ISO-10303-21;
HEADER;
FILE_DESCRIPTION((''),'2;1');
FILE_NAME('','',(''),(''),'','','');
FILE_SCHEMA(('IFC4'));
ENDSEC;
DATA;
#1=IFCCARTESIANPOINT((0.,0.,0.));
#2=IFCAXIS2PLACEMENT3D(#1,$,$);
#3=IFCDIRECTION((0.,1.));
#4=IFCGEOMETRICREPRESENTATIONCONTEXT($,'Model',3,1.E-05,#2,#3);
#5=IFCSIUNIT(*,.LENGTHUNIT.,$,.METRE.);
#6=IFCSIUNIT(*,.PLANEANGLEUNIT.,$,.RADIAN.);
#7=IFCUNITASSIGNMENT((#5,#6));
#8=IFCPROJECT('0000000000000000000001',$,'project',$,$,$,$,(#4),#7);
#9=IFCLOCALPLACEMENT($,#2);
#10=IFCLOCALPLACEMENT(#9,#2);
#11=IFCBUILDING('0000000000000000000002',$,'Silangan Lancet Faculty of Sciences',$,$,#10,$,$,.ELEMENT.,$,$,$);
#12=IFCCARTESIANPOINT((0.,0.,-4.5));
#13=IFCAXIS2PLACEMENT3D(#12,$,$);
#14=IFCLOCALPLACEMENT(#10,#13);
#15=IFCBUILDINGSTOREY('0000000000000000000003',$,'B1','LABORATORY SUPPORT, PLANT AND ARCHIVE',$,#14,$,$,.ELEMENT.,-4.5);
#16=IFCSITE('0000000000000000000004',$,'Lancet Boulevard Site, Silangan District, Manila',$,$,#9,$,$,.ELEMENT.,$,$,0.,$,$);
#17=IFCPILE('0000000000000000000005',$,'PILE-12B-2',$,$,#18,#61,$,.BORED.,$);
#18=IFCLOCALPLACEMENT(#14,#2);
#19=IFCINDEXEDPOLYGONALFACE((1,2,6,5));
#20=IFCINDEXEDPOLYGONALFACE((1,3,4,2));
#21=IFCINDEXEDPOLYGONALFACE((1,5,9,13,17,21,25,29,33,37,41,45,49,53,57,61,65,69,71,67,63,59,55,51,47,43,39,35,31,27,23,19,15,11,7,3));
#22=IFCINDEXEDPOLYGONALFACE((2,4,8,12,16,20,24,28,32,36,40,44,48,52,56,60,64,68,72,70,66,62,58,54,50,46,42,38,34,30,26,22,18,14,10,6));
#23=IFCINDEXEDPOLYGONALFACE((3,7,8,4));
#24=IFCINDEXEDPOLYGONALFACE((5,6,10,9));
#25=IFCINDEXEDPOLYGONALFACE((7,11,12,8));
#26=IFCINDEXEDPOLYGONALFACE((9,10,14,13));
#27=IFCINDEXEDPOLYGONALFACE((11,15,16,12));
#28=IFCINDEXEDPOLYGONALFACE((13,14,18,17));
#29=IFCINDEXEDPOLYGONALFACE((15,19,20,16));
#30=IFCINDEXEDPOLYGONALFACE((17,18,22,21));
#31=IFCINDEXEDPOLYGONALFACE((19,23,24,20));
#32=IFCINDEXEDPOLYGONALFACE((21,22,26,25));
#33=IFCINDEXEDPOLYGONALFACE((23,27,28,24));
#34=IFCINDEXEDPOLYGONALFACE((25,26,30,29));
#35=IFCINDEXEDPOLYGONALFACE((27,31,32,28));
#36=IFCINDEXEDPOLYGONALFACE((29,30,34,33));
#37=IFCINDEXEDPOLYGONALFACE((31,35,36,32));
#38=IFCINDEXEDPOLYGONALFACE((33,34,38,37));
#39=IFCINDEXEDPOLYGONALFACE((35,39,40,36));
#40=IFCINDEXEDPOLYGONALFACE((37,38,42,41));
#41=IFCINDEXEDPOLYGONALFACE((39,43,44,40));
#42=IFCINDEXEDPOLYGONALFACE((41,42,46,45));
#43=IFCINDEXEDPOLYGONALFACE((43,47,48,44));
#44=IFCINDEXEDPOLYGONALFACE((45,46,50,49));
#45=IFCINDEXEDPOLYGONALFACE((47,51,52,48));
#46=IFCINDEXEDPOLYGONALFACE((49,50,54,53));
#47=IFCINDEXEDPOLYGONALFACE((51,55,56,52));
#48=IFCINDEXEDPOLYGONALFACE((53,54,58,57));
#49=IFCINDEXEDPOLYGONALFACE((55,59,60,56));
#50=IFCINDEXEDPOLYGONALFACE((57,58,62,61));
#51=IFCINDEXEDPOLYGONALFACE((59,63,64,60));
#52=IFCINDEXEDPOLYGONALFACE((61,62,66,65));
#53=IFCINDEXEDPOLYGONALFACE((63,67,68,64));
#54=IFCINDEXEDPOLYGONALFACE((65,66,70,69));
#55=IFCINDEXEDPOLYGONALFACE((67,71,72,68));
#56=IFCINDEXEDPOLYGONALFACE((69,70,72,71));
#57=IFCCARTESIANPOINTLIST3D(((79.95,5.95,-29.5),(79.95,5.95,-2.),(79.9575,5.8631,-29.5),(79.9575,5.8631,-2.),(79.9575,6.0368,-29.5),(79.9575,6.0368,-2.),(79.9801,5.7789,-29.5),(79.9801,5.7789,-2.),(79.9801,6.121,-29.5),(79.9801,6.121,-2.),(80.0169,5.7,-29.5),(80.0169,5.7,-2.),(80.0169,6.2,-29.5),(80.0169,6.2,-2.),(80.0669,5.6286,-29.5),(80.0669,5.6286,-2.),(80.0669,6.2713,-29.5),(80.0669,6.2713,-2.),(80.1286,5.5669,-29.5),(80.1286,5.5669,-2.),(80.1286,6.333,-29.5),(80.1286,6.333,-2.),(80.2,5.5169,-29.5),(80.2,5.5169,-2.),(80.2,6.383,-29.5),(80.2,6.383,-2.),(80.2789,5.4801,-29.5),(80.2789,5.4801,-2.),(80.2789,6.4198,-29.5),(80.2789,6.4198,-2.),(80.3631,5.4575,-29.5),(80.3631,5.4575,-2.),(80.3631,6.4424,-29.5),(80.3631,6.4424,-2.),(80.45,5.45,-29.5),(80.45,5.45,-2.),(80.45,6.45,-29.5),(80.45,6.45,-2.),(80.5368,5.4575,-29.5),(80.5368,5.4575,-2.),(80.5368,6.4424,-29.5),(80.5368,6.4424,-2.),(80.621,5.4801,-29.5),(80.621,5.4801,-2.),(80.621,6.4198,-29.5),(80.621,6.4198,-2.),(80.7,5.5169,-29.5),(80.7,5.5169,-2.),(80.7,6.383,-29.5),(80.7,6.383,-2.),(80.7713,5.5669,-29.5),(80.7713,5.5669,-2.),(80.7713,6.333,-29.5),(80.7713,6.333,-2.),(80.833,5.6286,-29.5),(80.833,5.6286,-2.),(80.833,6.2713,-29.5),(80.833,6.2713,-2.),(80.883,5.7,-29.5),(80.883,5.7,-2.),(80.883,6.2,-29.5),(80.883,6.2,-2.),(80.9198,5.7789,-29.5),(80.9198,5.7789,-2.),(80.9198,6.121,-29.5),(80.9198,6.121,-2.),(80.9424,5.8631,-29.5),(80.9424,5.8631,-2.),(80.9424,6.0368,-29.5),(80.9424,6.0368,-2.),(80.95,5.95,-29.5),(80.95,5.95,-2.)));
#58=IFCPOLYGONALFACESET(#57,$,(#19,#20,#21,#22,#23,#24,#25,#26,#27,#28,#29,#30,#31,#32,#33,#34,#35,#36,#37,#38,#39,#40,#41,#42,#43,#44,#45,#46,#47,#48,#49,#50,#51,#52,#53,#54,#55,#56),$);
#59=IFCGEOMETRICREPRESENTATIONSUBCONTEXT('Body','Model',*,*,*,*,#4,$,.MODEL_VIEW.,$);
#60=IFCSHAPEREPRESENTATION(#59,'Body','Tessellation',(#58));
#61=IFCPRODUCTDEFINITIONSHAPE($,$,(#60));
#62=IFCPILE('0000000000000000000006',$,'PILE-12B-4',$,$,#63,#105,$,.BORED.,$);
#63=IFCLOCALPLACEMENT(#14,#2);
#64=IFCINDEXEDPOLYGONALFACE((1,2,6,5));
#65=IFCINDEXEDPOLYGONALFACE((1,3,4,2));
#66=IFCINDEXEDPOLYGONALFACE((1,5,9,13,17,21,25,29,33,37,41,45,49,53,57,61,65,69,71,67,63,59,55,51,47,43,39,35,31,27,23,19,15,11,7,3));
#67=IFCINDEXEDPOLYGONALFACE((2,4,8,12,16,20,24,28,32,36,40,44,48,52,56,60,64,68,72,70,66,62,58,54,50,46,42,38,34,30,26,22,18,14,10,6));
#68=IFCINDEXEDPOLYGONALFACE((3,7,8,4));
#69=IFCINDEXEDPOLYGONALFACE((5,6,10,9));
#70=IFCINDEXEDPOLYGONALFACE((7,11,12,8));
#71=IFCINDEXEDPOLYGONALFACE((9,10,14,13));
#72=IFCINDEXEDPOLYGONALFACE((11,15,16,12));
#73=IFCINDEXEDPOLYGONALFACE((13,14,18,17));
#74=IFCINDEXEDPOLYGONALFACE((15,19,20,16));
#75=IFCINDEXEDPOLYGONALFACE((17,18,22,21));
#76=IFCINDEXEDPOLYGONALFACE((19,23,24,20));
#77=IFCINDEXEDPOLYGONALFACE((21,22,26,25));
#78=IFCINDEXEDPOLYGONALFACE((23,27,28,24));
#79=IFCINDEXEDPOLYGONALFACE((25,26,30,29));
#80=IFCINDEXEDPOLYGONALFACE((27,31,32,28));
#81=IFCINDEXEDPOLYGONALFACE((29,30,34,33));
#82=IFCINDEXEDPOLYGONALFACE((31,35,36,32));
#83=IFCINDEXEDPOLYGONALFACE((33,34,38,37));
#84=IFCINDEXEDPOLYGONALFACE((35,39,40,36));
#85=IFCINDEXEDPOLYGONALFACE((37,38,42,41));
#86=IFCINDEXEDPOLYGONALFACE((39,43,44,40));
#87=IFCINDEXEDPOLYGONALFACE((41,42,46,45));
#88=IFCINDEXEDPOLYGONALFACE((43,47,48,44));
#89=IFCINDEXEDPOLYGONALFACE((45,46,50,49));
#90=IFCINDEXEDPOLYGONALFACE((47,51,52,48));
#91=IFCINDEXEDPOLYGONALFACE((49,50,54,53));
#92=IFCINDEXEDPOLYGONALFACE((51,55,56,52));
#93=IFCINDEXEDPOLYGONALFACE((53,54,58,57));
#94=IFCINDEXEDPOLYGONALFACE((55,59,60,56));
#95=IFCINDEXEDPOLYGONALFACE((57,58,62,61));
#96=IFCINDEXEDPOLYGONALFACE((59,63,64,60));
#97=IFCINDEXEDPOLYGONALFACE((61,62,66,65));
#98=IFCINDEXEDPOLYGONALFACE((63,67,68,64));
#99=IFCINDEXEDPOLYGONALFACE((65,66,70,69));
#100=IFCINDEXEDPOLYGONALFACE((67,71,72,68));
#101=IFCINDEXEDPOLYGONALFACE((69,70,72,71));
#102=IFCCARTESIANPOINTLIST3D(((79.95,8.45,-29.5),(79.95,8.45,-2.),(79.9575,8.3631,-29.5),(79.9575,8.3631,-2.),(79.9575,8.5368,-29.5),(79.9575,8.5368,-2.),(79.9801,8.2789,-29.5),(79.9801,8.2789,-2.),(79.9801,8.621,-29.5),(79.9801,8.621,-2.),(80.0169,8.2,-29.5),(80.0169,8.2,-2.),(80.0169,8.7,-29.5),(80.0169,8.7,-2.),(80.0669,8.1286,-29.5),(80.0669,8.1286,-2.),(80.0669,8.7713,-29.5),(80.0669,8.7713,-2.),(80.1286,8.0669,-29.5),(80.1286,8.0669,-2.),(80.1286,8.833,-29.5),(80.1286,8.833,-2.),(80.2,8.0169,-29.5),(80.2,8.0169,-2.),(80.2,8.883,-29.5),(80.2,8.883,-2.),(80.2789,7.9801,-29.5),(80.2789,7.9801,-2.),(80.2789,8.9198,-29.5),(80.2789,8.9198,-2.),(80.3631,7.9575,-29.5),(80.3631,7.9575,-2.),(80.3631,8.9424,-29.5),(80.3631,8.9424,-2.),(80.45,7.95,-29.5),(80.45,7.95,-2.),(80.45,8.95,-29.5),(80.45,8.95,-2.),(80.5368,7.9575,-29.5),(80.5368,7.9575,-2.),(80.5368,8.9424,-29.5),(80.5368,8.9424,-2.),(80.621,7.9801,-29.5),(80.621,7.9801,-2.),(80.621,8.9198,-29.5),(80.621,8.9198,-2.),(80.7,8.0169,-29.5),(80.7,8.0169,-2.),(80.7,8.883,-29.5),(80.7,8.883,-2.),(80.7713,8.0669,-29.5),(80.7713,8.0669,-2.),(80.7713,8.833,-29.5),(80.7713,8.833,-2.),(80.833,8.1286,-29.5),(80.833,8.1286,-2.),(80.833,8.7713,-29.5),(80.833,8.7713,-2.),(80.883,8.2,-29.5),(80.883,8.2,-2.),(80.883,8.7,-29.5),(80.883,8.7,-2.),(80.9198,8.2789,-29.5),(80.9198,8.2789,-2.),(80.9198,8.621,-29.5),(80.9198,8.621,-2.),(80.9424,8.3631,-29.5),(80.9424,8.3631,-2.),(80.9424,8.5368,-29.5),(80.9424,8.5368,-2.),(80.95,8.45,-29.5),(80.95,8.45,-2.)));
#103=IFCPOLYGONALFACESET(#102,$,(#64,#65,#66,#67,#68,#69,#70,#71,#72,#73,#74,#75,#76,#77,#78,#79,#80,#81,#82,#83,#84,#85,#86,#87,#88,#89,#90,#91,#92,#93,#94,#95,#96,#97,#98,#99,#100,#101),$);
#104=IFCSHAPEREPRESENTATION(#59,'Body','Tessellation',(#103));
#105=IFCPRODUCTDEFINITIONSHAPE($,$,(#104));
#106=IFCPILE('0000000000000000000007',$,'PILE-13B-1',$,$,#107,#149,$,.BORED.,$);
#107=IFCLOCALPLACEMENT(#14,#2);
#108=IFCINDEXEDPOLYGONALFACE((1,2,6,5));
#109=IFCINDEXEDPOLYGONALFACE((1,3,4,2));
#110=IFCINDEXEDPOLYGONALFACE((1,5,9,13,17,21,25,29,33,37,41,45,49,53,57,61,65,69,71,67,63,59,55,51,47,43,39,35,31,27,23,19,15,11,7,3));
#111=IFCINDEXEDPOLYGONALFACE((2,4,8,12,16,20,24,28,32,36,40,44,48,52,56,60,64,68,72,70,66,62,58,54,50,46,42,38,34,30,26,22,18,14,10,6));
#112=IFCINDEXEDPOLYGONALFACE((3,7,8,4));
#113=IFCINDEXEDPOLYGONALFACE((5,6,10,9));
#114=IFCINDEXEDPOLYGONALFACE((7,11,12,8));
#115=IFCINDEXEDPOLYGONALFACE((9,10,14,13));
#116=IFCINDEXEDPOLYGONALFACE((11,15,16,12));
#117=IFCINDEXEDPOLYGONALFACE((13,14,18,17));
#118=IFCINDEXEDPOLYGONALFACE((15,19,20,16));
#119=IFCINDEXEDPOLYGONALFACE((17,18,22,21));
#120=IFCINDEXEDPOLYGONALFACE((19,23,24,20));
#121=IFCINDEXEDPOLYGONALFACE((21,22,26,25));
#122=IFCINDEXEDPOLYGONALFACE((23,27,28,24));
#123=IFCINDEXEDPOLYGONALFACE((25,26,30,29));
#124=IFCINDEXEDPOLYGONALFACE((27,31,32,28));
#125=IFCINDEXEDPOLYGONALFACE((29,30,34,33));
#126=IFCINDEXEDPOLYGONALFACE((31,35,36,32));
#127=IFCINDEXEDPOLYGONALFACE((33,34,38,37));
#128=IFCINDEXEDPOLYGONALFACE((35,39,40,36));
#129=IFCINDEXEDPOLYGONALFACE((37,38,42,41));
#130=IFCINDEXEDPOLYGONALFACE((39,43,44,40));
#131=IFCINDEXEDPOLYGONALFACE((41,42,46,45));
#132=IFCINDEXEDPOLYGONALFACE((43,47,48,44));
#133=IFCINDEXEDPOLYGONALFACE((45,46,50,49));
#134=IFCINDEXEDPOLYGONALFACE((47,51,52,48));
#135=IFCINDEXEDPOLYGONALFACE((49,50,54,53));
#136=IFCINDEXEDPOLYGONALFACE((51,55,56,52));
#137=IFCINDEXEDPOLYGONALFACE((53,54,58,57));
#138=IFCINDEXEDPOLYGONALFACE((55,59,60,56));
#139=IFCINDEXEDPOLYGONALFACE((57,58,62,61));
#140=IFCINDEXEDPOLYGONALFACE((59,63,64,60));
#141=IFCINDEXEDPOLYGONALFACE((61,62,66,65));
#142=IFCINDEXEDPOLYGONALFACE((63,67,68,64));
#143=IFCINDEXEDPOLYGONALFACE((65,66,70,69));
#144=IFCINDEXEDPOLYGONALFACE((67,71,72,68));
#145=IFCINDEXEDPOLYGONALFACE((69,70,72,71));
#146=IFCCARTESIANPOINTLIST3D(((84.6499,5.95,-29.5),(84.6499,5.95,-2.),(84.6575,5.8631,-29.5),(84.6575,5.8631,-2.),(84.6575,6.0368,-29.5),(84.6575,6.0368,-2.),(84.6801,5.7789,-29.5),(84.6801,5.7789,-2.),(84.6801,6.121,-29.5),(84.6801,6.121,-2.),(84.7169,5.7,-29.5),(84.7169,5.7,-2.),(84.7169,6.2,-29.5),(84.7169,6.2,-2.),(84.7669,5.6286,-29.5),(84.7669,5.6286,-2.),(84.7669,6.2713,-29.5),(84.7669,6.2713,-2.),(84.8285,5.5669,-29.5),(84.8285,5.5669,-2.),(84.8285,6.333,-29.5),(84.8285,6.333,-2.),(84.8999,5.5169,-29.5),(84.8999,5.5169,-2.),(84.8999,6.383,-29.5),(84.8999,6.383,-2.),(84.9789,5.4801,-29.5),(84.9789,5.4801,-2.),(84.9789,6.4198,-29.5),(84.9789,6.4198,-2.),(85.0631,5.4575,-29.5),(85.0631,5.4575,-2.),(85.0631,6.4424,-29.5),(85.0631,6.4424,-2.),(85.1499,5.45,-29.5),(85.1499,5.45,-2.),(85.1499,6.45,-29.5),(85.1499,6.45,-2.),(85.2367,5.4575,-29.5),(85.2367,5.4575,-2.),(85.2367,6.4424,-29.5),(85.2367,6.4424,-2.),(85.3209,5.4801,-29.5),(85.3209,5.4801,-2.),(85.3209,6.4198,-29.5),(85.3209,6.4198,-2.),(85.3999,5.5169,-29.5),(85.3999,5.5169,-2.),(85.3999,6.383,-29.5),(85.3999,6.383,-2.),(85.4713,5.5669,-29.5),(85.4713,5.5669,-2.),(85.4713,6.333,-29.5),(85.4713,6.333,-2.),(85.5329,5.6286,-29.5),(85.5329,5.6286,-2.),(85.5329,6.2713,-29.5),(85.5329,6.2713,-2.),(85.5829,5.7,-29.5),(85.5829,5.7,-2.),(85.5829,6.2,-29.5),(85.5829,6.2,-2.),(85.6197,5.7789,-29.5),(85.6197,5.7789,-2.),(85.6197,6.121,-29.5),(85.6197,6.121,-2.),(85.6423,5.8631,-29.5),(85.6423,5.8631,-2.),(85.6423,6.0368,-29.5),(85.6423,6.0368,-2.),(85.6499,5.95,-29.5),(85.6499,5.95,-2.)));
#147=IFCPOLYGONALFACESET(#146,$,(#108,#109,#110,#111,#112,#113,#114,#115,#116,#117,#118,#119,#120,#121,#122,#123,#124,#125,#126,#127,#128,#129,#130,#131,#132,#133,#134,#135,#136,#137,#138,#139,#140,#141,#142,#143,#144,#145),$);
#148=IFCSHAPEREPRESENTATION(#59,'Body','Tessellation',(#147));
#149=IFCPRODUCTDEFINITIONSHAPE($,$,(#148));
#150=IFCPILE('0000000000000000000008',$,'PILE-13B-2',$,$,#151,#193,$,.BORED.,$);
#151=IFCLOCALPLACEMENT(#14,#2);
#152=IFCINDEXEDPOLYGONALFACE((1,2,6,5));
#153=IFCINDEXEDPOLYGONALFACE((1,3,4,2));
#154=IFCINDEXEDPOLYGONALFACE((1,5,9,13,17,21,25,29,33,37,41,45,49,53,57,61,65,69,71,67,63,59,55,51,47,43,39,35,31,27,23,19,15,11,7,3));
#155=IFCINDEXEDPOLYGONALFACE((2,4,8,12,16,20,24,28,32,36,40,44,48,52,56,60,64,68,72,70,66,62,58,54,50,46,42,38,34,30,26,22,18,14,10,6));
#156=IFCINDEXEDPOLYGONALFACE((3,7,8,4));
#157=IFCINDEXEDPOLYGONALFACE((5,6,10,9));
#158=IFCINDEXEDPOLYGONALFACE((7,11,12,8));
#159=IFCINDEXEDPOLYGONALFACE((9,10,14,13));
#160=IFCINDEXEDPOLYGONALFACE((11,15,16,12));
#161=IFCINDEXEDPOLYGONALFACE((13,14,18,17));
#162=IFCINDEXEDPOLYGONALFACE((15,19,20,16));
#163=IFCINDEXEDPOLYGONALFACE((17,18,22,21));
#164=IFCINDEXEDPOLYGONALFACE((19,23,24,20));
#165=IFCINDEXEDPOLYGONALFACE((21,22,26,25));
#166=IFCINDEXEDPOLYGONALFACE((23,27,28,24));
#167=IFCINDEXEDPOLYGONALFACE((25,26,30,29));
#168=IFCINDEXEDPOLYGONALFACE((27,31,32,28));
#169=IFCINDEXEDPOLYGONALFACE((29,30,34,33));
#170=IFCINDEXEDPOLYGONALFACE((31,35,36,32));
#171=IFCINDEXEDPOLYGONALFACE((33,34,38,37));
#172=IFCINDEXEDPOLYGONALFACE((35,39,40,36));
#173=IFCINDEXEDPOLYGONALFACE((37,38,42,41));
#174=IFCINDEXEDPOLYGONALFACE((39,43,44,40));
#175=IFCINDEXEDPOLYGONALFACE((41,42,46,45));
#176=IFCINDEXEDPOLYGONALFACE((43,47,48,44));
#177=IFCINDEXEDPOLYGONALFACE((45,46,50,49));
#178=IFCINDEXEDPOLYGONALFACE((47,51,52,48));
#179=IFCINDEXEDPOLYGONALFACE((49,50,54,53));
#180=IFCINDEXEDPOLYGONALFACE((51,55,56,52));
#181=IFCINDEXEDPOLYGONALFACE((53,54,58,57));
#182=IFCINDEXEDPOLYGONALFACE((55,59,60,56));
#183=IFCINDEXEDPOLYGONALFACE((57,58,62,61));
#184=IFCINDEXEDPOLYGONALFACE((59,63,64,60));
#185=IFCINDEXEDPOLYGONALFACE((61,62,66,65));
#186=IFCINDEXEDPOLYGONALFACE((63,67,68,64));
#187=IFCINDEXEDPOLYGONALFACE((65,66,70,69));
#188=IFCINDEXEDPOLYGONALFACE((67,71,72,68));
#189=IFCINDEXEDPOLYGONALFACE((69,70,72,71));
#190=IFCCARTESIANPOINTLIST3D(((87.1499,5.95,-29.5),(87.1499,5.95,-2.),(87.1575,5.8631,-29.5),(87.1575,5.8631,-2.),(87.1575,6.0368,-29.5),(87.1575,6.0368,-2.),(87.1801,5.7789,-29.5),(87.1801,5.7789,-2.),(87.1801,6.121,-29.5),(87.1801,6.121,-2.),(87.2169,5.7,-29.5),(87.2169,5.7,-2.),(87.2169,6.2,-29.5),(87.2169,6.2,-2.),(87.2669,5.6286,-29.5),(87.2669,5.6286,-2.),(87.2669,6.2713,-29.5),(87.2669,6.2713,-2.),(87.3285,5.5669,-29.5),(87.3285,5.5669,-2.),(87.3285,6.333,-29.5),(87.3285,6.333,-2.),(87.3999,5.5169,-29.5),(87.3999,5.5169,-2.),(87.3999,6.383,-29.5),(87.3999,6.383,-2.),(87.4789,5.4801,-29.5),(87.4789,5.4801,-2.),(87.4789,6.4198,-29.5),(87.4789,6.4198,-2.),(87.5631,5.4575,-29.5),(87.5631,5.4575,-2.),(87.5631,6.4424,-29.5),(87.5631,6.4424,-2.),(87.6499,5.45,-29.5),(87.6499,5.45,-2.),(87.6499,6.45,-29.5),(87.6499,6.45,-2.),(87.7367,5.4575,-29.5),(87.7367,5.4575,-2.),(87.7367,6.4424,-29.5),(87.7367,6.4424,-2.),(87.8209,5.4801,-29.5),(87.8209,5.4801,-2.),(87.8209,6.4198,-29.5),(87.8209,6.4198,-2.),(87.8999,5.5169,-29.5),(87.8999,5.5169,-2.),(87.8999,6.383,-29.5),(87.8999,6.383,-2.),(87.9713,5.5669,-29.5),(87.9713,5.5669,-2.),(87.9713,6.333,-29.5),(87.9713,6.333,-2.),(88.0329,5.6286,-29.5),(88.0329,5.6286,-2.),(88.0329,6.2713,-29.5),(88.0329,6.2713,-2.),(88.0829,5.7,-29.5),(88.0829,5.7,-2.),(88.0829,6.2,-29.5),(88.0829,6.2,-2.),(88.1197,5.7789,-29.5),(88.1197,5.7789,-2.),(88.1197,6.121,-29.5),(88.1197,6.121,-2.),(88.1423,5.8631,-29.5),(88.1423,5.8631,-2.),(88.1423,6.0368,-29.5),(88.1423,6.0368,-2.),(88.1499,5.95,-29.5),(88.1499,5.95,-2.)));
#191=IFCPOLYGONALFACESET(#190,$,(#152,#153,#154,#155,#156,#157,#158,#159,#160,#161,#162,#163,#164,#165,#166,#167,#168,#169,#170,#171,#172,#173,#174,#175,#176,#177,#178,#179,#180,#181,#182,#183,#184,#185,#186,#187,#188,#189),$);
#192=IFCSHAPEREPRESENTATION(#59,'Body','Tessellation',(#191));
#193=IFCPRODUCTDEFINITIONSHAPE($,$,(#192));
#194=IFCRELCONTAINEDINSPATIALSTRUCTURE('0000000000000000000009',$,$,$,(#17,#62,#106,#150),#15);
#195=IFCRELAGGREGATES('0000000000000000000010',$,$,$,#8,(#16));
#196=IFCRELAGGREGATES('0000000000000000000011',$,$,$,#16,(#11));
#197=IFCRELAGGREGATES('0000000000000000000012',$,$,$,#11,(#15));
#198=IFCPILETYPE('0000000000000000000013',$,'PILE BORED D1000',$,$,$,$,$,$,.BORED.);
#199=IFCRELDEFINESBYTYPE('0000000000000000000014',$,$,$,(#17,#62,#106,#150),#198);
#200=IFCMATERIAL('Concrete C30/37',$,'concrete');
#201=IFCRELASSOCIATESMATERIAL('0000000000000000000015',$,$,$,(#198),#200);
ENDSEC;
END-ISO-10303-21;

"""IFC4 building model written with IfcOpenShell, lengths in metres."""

from ifc_helpers import new_model, si_unit, direction, frame, origin, origin_2d, place, context, subcontext, project, spatial, circle, extrude, material, material_profile, profile_set, type_object, element, save


model = new_model("IFC4")

# Units and contexts
model_context = context("Model", 3, precision=1e-05, world=origin(), true_north=direction((0.0, 1.0)))
body_context = subcontext(model_context, "Body", "Model", "MODEL_VIEW")
ifc_project = project(units=[si_unit("LENGTHUNIT", "METRE"), si_unit("PLANEANGLEUNIT", "RADIAN")], contexts=[model_context])

# Site, building, storey
site_placement = place(None, origin())
site = spatial("IfcSite", under=ifc_project, at=site_placement, Name="Lancet Boulevard Site, Silangan District, Manila", CompositionType="ELEMENT", RefElevation=0.0)
building_placement = place(site_placement, origin())
building = spatial("IfcBuilding", under=site, at=building_placement, Name="Silangan Lancet Faculty of Sciences", CompositionType="ELEMENT")
storey_placement = place(building_placement, frame((0.0, 0.0, -4.5)))
storey = spatial("IfcBuildingStorey", under=building, at=storey_placement, Name="B1", Description="LABORATORY SUPPORT, PLANT AND ARCHIVE", CompositionType="ELEMENT", Elevation=-4.5)

# Piles
ifc_material_1 = material(Name="Concrete C30/37", Category="concrete")
ifc_material_profile_1 = material_profile(ifc_material_1, circle(Radius=0.5, at=origin_2d()), Name="BORED PILE D1000")
ifc_profile_set_1 = profile_set([ifc_material_profile_1], Name="Concrete C30/37")
pile_type = type_object("IfcPileType", Name="PILE BORED D1000", PredefinedType="BORED", material=ifc_profile_set_1)
for number, where, z_axis, x_axis, name in (
    (1, (80.45, 5.95, -2.0), (0.0, 0.0, -1.0), (1.0, 0.0, 0.0), "PILE-12B-2"),
    (2, (80.45, 8.45, -2.0), (0.0, 0.0, -1.0), (1.0, 0.0, 0.0), "PILE-12B-4"),
    (3, (85.1499, 5.95, -2.0), (0.0, 0.0, -1.0), (1.0, 0.0, 0.0), "PILE-13B-1"),
    (4, (87.6499, 5.95, -2.0), (0.0, 0.0, -1.0), (1.0, 0.0, 0.0), "PILE-13B-2"),
):
    element("IfcPile", number, at=place(storey_placement, frame(where, z_axis=z_axis, x_axis=x_axis)), inside=storey, type_object=pile_type, Name=name, PredefinedType="BORED", context=body_context, shape_type="SweptSolid", body=[
        extrude(circle(Radius=0.5, at=origin_2d()), origin(), (0.0, 0.0, 1.0), 27.5),
    ])

save(model, "model.ifc")
